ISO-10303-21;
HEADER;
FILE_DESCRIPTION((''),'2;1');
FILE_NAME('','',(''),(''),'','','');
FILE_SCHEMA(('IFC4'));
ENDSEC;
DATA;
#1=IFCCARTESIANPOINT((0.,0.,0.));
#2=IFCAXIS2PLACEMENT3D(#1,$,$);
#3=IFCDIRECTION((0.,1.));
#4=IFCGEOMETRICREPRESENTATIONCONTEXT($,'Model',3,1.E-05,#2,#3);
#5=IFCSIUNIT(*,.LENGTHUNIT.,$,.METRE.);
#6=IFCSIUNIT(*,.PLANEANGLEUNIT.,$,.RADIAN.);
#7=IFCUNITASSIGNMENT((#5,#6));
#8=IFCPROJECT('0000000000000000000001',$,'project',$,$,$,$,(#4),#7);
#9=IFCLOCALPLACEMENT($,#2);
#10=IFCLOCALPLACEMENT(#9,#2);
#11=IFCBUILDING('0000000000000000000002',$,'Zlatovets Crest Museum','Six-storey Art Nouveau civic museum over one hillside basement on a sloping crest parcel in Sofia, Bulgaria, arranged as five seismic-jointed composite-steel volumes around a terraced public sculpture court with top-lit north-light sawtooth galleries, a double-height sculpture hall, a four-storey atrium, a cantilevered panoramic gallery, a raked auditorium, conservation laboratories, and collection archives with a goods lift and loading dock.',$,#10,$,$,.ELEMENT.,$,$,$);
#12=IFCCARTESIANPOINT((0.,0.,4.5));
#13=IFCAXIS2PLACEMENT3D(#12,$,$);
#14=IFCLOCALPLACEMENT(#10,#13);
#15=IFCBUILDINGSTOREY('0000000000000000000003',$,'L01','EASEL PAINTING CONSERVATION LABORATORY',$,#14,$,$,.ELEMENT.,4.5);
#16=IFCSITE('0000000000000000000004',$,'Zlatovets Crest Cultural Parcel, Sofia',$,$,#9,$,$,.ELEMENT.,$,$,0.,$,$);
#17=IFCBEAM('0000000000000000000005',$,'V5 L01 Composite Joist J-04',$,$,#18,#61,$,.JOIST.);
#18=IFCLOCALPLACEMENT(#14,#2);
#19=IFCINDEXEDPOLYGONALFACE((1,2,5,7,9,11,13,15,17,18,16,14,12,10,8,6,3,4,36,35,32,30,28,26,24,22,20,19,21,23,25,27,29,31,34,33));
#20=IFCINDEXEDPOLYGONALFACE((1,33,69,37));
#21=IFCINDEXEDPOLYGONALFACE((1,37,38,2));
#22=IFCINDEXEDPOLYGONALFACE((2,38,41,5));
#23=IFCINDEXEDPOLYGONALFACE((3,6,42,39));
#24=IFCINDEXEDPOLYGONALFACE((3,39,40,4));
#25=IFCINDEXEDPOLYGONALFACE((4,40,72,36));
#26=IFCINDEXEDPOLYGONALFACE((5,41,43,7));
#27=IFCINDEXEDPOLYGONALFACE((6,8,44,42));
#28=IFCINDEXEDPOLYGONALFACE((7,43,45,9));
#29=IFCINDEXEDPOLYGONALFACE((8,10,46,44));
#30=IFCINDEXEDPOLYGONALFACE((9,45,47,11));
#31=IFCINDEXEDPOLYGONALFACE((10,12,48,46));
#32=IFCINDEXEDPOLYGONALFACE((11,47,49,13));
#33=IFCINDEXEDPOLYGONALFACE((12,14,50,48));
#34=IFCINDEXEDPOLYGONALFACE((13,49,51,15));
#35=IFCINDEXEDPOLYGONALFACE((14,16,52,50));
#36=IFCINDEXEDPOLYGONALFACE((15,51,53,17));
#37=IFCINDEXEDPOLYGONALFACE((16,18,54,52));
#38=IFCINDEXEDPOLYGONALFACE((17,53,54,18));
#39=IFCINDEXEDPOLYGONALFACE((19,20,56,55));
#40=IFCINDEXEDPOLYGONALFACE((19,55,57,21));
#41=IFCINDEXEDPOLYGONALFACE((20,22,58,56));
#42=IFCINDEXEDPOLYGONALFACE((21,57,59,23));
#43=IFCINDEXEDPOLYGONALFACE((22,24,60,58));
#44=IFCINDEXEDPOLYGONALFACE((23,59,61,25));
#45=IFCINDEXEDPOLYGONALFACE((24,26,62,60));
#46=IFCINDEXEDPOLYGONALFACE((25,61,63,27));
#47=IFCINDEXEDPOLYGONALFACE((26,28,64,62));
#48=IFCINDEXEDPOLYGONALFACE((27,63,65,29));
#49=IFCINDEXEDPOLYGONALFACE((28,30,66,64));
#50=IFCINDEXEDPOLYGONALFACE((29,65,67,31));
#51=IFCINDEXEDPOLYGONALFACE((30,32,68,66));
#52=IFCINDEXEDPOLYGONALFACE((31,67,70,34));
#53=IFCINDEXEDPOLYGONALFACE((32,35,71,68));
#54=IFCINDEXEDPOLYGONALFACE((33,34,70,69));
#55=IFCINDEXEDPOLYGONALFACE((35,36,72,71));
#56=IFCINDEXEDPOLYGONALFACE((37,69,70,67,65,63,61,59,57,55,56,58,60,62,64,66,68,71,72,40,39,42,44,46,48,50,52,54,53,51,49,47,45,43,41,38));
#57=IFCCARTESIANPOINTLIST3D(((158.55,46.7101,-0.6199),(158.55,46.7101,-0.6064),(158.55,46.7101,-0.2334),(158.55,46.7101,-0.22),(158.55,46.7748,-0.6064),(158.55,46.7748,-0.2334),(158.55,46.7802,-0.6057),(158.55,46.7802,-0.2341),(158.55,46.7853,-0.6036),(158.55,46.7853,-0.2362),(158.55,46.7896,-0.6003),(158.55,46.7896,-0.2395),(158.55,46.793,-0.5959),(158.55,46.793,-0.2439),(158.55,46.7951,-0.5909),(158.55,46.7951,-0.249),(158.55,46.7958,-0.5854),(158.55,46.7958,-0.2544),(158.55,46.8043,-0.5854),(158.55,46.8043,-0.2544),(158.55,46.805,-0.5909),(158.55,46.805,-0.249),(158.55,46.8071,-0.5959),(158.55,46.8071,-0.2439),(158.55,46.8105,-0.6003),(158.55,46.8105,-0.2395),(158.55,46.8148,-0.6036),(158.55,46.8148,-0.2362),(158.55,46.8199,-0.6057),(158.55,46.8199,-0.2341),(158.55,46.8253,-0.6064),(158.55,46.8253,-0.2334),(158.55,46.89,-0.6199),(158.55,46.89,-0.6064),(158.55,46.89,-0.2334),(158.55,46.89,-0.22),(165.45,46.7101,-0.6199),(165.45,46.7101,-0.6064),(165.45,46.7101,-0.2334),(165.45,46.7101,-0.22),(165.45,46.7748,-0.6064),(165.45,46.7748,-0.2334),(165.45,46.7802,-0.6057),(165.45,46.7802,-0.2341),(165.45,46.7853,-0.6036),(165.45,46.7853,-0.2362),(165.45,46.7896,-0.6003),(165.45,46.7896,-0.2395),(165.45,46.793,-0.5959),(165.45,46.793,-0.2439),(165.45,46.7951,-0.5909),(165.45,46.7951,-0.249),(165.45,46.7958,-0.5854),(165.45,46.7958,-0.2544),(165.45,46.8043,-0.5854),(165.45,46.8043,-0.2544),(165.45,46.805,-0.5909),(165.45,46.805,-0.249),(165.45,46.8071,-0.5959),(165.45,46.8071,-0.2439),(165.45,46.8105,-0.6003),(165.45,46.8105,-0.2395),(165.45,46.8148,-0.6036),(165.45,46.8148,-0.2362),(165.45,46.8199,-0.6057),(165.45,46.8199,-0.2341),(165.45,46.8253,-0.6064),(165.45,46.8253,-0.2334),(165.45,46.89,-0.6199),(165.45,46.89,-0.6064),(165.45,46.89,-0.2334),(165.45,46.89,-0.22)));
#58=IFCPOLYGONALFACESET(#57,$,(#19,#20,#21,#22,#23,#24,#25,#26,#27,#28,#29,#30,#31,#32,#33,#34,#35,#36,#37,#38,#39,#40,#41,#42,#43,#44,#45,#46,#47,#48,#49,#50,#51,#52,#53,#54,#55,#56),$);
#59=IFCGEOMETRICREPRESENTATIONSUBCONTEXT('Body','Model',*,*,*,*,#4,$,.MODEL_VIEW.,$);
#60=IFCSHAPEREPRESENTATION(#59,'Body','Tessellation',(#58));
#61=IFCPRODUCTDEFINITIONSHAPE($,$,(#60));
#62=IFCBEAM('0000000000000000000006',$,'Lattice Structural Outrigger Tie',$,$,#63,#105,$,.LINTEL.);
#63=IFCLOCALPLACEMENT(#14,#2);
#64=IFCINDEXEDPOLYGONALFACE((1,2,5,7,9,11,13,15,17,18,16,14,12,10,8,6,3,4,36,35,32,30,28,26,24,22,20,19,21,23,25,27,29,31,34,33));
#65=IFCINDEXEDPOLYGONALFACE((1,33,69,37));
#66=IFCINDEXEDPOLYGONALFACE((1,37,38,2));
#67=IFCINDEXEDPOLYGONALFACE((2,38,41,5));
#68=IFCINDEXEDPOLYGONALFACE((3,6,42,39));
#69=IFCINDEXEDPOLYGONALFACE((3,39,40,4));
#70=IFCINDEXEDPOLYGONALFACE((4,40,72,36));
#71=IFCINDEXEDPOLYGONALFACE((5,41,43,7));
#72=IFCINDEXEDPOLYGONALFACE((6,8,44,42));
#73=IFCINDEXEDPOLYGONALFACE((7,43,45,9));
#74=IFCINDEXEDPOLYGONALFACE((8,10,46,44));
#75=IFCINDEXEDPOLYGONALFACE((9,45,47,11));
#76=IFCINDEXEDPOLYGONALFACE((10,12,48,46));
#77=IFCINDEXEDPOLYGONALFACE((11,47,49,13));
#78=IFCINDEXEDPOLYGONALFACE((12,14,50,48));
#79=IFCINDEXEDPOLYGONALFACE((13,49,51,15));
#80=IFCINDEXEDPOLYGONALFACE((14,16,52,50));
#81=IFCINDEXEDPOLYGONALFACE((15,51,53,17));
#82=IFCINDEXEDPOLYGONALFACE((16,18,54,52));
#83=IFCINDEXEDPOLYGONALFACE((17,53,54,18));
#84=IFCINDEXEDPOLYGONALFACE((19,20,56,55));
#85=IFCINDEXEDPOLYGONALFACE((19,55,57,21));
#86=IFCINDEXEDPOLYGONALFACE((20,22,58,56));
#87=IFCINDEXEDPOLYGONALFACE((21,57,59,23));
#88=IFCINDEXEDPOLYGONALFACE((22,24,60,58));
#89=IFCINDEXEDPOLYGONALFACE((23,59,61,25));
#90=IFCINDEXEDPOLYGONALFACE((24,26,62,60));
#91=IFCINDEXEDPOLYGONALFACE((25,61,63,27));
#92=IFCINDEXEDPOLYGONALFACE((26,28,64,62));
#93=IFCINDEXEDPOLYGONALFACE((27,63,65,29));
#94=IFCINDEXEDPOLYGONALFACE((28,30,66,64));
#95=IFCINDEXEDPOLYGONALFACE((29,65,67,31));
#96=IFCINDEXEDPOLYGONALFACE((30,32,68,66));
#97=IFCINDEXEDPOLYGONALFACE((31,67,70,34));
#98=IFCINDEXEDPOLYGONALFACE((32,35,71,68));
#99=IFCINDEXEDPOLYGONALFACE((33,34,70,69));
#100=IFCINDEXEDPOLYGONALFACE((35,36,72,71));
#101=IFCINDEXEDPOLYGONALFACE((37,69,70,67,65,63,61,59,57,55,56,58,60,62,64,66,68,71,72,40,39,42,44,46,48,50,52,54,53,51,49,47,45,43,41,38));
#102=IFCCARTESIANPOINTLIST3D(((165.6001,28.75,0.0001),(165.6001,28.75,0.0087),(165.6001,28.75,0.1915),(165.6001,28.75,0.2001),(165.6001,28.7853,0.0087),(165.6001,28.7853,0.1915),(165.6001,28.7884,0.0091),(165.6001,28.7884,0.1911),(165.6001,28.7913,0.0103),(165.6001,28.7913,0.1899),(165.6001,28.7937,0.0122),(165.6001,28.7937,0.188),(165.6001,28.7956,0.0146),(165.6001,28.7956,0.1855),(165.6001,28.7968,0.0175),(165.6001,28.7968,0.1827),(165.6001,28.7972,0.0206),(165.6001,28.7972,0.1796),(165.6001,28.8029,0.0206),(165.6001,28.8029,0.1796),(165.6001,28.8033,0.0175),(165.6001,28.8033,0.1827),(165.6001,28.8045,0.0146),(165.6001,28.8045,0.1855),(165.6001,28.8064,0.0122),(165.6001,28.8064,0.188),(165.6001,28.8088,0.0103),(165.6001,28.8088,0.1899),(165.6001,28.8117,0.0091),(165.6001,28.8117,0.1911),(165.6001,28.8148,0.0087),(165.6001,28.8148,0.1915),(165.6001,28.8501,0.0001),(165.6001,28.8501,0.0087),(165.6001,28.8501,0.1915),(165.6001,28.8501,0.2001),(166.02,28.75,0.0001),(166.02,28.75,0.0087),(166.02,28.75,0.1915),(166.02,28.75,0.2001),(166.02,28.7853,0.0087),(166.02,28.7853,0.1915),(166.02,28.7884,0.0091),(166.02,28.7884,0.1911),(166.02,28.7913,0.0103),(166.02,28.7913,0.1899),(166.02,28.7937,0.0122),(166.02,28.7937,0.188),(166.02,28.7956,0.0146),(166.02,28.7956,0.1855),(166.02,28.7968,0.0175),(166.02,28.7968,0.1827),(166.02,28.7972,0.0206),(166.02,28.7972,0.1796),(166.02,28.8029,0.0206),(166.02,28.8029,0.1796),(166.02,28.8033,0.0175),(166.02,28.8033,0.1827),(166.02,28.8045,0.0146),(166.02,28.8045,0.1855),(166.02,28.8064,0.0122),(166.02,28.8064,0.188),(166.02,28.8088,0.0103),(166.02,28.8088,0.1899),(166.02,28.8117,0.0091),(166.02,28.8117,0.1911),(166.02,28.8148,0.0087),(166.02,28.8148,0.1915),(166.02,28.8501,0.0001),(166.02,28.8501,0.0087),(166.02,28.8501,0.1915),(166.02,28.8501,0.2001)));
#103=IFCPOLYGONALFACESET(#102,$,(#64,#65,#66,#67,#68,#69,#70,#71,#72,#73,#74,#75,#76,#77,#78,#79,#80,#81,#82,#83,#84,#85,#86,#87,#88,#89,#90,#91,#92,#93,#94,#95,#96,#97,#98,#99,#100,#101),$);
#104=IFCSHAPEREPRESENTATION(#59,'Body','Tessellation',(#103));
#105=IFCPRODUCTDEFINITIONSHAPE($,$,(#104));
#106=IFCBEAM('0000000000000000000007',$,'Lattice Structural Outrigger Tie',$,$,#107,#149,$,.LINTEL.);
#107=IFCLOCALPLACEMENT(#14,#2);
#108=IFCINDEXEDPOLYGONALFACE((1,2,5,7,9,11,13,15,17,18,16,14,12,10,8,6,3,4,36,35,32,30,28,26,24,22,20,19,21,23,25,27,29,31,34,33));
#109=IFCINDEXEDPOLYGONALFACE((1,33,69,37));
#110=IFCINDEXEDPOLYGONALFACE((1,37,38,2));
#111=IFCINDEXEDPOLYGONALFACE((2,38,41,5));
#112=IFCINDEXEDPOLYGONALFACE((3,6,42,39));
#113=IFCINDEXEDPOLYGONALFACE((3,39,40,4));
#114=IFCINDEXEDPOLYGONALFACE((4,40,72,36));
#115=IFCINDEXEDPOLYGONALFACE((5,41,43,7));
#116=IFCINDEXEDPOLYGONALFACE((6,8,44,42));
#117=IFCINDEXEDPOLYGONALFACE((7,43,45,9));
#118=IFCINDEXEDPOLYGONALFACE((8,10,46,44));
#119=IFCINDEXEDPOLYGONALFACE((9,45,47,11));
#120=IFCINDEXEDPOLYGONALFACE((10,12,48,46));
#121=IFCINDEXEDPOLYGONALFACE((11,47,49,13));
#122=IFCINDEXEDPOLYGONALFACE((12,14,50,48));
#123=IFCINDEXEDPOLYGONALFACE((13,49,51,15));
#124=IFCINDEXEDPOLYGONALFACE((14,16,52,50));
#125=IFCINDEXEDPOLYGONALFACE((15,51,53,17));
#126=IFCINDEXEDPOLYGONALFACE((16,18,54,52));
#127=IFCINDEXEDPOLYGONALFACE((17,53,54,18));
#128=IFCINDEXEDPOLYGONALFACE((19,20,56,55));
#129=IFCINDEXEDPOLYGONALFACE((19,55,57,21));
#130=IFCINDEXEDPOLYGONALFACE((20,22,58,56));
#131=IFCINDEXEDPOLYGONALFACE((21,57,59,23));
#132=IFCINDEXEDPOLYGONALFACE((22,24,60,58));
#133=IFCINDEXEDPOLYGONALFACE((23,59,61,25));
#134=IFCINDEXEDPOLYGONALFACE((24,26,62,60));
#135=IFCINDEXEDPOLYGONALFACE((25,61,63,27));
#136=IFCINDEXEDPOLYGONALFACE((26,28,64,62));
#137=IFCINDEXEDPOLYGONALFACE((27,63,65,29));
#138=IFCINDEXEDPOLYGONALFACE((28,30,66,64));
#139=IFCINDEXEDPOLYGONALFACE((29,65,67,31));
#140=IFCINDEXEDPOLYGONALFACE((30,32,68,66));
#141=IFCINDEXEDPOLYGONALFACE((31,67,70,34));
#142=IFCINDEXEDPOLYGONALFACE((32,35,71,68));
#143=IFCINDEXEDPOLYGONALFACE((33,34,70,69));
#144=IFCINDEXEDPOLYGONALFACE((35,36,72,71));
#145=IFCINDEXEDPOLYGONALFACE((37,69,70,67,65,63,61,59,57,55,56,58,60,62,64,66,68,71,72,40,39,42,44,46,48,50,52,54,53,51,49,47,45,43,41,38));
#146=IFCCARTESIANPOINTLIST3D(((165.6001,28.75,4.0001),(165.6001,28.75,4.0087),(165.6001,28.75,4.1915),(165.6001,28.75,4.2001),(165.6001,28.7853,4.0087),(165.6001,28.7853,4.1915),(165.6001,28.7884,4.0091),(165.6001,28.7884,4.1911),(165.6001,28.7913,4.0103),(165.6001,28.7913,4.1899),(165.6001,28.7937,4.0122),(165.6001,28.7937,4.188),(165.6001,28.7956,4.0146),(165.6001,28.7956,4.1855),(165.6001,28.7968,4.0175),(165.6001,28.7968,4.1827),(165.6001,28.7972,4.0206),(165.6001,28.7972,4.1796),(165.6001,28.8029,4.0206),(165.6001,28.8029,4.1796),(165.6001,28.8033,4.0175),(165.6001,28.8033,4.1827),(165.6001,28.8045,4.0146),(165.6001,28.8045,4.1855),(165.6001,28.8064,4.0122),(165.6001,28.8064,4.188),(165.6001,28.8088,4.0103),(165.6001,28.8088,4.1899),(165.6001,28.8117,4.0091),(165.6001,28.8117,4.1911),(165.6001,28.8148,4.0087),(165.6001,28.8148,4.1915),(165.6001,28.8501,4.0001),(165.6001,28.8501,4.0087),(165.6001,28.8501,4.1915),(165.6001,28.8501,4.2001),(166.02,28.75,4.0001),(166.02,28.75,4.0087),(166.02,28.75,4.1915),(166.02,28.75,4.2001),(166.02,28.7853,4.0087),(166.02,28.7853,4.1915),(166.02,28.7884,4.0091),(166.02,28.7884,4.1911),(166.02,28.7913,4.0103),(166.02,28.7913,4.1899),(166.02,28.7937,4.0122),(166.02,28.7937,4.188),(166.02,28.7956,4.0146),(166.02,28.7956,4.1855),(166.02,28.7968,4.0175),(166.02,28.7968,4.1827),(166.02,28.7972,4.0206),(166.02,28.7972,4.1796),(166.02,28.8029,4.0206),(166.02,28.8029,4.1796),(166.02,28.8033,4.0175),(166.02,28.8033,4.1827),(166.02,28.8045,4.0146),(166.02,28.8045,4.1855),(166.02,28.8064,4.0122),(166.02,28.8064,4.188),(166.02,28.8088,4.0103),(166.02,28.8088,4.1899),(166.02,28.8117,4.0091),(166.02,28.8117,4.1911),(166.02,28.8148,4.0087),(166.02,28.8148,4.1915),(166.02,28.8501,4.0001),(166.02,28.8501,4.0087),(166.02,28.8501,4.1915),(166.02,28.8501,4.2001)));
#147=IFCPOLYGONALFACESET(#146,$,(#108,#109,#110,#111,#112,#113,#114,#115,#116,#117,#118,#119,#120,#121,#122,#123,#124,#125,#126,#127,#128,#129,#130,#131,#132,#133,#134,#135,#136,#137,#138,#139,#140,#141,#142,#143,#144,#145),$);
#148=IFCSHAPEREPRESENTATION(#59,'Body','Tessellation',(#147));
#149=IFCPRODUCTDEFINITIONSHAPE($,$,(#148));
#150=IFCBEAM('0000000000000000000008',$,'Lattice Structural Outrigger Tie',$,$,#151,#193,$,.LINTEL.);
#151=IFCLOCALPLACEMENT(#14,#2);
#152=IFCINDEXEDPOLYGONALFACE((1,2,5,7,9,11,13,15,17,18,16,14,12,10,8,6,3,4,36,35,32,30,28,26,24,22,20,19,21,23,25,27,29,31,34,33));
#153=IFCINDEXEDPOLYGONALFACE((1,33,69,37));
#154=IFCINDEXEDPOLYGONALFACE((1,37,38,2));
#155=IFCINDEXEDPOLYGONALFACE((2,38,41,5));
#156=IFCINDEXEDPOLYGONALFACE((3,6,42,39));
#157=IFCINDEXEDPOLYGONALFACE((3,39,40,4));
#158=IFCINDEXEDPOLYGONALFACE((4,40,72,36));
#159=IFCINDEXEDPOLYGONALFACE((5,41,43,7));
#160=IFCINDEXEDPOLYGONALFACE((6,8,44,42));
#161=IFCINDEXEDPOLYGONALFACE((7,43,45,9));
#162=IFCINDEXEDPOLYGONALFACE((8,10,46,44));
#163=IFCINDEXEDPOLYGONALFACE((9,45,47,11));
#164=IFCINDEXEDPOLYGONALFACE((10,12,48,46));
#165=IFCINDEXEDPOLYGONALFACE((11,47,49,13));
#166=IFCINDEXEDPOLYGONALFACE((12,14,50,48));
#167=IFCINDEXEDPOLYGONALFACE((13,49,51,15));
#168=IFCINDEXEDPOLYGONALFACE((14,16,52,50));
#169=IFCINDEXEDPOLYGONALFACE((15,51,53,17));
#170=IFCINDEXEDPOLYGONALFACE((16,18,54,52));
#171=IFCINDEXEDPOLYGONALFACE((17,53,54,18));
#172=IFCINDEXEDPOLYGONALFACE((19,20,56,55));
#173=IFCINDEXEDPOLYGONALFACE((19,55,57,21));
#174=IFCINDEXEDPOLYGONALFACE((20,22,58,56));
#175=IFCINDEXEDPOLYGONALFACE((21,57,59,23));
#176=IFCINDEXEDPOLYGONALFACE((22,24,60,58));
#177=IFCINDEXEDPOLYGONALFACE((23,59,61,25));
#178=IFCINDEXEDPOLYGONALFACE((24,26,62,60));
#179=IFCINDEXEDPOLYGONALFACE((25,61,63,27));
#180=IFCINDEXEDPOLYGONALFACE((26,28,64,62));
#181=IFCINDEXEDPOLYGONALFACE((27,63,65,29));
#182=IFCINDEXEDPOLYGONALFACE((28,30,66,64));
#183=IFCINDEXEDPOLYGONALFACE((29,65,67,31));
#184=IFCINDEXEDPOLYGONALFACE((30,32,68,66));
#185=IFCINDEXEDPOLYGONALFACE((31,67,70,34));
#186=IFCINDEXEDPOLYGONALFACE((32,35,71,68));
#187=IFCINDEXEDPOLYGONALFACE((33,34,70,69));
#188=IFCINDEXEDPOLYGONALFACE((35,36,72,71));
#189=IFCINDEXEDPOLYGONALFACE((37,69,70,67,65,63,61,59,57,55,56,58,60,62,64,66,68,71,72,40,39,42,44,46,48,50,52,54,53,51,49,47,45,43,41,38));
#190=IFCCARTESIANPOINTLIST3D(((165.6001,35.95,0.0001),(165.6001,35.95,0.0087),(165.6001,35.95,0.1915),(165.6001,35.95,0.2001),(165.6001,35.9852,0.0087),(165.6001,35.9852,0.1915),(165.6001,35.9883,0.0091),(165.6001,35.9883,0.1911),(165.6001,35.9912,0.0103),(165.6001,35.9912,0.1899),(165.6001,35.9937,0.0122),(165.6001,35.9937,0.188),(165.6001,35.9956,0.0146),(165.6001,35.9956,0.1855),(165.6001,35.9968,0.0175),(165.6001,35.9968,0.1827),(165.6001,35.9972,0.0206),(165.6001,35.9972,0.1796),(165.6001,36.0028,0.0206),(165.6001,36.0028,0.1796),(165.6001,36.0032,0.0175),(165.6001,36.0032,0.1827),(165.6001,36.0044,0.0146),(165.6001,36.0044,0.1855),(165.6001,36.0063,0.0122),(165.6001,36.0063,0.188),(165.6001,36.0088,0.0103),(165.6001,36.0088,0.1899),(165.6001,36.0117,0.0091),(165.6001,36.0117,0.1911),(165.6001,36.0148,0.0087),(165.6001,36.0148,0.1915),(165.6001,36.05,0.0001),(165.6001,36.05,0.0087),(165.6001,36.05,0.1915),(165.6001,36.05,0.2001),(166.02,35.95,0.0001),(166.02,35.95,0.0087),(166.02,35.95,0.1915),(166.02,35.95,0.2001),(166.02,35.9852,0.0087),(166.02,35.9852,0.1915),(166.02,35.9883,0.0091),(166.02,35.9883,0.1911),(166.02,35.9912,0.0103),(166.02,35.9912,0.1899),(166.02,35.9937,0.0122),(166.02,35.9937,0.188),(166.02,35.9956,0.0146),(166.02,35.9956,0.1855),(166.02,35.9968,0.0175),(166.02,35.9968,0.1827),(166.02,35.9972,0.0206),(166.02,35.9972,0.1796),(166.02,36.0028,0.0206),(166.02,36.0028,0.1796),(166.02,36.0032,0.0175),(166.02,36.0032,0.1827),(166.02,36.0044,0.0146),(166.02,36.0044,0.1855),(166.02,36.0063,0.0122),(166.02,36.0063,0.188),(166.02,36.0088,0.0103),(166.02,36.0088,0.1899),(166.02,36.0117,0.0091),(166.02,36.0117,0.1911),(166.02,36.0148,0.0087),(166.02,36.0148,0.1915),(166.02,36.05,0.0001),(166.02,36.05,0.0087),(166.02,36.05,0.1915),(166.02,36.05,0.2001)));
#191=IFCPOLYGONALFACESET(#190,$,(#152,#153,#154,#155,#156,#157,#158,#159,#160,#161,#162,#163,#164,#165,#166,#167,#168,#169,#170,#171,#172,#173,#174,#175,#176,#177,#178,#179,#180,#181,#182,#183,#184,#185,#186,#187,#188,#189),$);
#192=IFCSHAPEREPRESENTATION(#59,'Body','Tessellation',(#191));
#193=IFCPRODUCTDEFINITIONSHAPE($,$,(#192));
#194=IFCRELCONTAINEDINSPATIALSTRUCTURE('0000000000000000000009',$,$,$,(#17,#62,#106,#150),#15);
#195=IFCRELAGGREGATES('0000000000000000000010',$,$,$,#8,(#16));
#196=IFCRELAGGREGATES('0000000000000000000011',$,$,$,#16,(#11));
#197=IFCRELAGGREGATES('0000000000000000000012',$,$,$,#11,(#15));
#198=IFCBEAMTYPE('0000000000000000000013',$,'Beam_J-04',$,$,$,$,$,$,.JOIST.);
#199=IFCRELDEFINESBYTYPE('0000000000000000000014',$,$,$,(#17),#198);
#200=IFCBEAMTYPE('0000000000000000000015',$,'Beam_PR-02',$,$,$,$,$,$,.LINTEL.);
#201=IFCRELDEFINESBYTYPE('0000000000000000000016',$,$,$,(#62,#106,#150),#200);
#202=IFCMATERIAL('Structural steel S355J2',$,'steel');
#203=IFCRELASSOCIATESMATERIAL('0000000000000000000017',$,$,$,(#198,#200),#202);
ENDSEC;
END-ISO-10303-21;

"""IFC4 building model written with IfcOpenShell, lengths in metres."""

from ifc_helpers import new_model, si_unit, direction, frame, origin, origin_2d, place, context, subcontext, project, spatial, i_section, extrude, material, material_profile, profile_set, type_object, element, save


model = new_model("IFC4")

# Units and contexts
model_context = context("Model", 3, precision=1e-05, world=origin(), true_north=direction((0.0, 1.0)))
body_context = subcontext(model_context, "Body", "Model", "MODEL_VIEW")
ifc_project = project(units=[si_unit("LENGTHUNIT", "METRE"), si_unit("PLANEANGLEUNIT", "RADIAN")], contexts=[model_context])

# Site, building, storey
site_placement = place(None, origin())
site = spatial("IfcSite", under=ifc_project, at=site_placement, Name="Zlatovets Crest Cultural Parcel, Sofia", CompositionType="ELEMENT", RefElevation=0.0)
building_placement = place(site_placement, origin())
building = spatial("IfcBuilding", under=site, at=building_placement, Name="Zlatovets Crest Museum", Description="Six-storey Art Nouveau civic museum over one hillside basement on a sloping crest parcel in Sofia, Bulgaria, arranged as five seismic-jointed composite-steel volumes around a terraced public sculpture court with top-lit north-light sawtooth galleries, a double-height sculpture hall, a four-storey atrium, a cantilevered panoramic gallery, a raked auditorium, conservation laboratories, and collection archives with a goods lift and loading dock.", CompositionType="ELEMENT")
storey_placement = place(building_placement, frame((0.0, 0.0, 4.5)))
storey = spatial("IfcBuildingStorey", under=building, at=storey_placement, Name="L01", Description="EASEL PAINTING CONSERVATION LABORATORY", CompositionType="ELEMENT", Elevation=4.5)

# Shared definitions
ifc_material_1 = material(Name="Structural steel S355J2", Category="steel")

# Beams
ifc_material_profile_1 = material_profile(ifc_material_1, i_section(OverallWidth=0.1799, OverallDepth=0.3999, WebThickness=0.0085, FlangeThickness=0.0134, FilletRadius=0.021, at=origin_2d()), Name="IPE 400")
ifc_profile_set_1 = profile_set([ifc_material_profile_1], Name="Structural steel S355J2")
beam_type_1 = type_object("IfcBeamType", Name="Beam_J-04", PredefinedType="JOIST", material=ifc_profile_set_1)
for number, where, z_axis, x_axis, name in (
    (1, (158.55, 46.8, -0.4199), (1.0, 0.0, 0.0), (0.0, 1.0, 0.0), "V5 L01 Composite Joist J-04"),
):
    element("IfcBeam", number, at=place(storey_placement, frame(where, z_axis=z_axis, x_axis=x_axis)), inside=storey, type_object=beam_type_1, Name=name, PredefinedType="JOIST", context=body_context, shape_type="SweptSolid", body=[
        extrude(i_section(OverallWidth=0.1799, OverallDepth=0.3999, WebThickness=0.0085, FlangeThickness=0.0134, FilletRadius=0.021, at=origin_2d()), origin(), (0.0, 0.0, 1.0), 6.8999),
    ])
ifc_material_profile_2 = material_profile(ifc_material_1, i_section(OverallWidth=0.1001, OverallDepth=0.2, WebThickness=0.0056, FlangeThickness=0.0085, FilletRadius=0.012, at=origin_2d()), Name="IPE 200")
ifc_profile_set_2 = profile_set([ifc_material_profile_2], Name="Structural steel S355J2")
beam_type_2 = type_object("IfcBeamType", Name="Beam_PR-02", PredefinedType="LINTEL", material=ifc_profile_set_2)
for number, where, z_axis, x_axis, name in (
    (2, (165.6001, 28.8, 0.1001), (1.0, 0.0, 0.0), (0.0, 1.0, 0.0), "Lattice Structural Outrigger Tie"),
    (3, (165.6001, 28.8, 4.1001), (1.0, 0.0, 0.0), (0.0, 1.0, 0.0), "Lattice Structural Outrigger Tie"),
    (4, (165.6001, 36.0, 0.1001), (1.0, 0.0, 0.0), (0.0, 1.0, 0.0), "Lattice Structural Outrigger Tie"),
):
    element("IfcBeam", number, at=place(storey_placement, frame(where, z_axis=z_axis, x_axis=x_axis)), inside=storey, type_object=beam_type_2, Name=name, PredefinedType="LINTEL", context=body_context, shape_type="SweptSolid", body=[
        extrude(i_section(OverallWidth=0.1001, OverallDepth=0.2, WebThickness=0.0056, FlangeThickness=0.0085, FilletRadius=0.012, at=origin_2d()), origin(), (0.0, 0.0, 1.0), 0.4199),
    ])

save(model, "model.ifc")
